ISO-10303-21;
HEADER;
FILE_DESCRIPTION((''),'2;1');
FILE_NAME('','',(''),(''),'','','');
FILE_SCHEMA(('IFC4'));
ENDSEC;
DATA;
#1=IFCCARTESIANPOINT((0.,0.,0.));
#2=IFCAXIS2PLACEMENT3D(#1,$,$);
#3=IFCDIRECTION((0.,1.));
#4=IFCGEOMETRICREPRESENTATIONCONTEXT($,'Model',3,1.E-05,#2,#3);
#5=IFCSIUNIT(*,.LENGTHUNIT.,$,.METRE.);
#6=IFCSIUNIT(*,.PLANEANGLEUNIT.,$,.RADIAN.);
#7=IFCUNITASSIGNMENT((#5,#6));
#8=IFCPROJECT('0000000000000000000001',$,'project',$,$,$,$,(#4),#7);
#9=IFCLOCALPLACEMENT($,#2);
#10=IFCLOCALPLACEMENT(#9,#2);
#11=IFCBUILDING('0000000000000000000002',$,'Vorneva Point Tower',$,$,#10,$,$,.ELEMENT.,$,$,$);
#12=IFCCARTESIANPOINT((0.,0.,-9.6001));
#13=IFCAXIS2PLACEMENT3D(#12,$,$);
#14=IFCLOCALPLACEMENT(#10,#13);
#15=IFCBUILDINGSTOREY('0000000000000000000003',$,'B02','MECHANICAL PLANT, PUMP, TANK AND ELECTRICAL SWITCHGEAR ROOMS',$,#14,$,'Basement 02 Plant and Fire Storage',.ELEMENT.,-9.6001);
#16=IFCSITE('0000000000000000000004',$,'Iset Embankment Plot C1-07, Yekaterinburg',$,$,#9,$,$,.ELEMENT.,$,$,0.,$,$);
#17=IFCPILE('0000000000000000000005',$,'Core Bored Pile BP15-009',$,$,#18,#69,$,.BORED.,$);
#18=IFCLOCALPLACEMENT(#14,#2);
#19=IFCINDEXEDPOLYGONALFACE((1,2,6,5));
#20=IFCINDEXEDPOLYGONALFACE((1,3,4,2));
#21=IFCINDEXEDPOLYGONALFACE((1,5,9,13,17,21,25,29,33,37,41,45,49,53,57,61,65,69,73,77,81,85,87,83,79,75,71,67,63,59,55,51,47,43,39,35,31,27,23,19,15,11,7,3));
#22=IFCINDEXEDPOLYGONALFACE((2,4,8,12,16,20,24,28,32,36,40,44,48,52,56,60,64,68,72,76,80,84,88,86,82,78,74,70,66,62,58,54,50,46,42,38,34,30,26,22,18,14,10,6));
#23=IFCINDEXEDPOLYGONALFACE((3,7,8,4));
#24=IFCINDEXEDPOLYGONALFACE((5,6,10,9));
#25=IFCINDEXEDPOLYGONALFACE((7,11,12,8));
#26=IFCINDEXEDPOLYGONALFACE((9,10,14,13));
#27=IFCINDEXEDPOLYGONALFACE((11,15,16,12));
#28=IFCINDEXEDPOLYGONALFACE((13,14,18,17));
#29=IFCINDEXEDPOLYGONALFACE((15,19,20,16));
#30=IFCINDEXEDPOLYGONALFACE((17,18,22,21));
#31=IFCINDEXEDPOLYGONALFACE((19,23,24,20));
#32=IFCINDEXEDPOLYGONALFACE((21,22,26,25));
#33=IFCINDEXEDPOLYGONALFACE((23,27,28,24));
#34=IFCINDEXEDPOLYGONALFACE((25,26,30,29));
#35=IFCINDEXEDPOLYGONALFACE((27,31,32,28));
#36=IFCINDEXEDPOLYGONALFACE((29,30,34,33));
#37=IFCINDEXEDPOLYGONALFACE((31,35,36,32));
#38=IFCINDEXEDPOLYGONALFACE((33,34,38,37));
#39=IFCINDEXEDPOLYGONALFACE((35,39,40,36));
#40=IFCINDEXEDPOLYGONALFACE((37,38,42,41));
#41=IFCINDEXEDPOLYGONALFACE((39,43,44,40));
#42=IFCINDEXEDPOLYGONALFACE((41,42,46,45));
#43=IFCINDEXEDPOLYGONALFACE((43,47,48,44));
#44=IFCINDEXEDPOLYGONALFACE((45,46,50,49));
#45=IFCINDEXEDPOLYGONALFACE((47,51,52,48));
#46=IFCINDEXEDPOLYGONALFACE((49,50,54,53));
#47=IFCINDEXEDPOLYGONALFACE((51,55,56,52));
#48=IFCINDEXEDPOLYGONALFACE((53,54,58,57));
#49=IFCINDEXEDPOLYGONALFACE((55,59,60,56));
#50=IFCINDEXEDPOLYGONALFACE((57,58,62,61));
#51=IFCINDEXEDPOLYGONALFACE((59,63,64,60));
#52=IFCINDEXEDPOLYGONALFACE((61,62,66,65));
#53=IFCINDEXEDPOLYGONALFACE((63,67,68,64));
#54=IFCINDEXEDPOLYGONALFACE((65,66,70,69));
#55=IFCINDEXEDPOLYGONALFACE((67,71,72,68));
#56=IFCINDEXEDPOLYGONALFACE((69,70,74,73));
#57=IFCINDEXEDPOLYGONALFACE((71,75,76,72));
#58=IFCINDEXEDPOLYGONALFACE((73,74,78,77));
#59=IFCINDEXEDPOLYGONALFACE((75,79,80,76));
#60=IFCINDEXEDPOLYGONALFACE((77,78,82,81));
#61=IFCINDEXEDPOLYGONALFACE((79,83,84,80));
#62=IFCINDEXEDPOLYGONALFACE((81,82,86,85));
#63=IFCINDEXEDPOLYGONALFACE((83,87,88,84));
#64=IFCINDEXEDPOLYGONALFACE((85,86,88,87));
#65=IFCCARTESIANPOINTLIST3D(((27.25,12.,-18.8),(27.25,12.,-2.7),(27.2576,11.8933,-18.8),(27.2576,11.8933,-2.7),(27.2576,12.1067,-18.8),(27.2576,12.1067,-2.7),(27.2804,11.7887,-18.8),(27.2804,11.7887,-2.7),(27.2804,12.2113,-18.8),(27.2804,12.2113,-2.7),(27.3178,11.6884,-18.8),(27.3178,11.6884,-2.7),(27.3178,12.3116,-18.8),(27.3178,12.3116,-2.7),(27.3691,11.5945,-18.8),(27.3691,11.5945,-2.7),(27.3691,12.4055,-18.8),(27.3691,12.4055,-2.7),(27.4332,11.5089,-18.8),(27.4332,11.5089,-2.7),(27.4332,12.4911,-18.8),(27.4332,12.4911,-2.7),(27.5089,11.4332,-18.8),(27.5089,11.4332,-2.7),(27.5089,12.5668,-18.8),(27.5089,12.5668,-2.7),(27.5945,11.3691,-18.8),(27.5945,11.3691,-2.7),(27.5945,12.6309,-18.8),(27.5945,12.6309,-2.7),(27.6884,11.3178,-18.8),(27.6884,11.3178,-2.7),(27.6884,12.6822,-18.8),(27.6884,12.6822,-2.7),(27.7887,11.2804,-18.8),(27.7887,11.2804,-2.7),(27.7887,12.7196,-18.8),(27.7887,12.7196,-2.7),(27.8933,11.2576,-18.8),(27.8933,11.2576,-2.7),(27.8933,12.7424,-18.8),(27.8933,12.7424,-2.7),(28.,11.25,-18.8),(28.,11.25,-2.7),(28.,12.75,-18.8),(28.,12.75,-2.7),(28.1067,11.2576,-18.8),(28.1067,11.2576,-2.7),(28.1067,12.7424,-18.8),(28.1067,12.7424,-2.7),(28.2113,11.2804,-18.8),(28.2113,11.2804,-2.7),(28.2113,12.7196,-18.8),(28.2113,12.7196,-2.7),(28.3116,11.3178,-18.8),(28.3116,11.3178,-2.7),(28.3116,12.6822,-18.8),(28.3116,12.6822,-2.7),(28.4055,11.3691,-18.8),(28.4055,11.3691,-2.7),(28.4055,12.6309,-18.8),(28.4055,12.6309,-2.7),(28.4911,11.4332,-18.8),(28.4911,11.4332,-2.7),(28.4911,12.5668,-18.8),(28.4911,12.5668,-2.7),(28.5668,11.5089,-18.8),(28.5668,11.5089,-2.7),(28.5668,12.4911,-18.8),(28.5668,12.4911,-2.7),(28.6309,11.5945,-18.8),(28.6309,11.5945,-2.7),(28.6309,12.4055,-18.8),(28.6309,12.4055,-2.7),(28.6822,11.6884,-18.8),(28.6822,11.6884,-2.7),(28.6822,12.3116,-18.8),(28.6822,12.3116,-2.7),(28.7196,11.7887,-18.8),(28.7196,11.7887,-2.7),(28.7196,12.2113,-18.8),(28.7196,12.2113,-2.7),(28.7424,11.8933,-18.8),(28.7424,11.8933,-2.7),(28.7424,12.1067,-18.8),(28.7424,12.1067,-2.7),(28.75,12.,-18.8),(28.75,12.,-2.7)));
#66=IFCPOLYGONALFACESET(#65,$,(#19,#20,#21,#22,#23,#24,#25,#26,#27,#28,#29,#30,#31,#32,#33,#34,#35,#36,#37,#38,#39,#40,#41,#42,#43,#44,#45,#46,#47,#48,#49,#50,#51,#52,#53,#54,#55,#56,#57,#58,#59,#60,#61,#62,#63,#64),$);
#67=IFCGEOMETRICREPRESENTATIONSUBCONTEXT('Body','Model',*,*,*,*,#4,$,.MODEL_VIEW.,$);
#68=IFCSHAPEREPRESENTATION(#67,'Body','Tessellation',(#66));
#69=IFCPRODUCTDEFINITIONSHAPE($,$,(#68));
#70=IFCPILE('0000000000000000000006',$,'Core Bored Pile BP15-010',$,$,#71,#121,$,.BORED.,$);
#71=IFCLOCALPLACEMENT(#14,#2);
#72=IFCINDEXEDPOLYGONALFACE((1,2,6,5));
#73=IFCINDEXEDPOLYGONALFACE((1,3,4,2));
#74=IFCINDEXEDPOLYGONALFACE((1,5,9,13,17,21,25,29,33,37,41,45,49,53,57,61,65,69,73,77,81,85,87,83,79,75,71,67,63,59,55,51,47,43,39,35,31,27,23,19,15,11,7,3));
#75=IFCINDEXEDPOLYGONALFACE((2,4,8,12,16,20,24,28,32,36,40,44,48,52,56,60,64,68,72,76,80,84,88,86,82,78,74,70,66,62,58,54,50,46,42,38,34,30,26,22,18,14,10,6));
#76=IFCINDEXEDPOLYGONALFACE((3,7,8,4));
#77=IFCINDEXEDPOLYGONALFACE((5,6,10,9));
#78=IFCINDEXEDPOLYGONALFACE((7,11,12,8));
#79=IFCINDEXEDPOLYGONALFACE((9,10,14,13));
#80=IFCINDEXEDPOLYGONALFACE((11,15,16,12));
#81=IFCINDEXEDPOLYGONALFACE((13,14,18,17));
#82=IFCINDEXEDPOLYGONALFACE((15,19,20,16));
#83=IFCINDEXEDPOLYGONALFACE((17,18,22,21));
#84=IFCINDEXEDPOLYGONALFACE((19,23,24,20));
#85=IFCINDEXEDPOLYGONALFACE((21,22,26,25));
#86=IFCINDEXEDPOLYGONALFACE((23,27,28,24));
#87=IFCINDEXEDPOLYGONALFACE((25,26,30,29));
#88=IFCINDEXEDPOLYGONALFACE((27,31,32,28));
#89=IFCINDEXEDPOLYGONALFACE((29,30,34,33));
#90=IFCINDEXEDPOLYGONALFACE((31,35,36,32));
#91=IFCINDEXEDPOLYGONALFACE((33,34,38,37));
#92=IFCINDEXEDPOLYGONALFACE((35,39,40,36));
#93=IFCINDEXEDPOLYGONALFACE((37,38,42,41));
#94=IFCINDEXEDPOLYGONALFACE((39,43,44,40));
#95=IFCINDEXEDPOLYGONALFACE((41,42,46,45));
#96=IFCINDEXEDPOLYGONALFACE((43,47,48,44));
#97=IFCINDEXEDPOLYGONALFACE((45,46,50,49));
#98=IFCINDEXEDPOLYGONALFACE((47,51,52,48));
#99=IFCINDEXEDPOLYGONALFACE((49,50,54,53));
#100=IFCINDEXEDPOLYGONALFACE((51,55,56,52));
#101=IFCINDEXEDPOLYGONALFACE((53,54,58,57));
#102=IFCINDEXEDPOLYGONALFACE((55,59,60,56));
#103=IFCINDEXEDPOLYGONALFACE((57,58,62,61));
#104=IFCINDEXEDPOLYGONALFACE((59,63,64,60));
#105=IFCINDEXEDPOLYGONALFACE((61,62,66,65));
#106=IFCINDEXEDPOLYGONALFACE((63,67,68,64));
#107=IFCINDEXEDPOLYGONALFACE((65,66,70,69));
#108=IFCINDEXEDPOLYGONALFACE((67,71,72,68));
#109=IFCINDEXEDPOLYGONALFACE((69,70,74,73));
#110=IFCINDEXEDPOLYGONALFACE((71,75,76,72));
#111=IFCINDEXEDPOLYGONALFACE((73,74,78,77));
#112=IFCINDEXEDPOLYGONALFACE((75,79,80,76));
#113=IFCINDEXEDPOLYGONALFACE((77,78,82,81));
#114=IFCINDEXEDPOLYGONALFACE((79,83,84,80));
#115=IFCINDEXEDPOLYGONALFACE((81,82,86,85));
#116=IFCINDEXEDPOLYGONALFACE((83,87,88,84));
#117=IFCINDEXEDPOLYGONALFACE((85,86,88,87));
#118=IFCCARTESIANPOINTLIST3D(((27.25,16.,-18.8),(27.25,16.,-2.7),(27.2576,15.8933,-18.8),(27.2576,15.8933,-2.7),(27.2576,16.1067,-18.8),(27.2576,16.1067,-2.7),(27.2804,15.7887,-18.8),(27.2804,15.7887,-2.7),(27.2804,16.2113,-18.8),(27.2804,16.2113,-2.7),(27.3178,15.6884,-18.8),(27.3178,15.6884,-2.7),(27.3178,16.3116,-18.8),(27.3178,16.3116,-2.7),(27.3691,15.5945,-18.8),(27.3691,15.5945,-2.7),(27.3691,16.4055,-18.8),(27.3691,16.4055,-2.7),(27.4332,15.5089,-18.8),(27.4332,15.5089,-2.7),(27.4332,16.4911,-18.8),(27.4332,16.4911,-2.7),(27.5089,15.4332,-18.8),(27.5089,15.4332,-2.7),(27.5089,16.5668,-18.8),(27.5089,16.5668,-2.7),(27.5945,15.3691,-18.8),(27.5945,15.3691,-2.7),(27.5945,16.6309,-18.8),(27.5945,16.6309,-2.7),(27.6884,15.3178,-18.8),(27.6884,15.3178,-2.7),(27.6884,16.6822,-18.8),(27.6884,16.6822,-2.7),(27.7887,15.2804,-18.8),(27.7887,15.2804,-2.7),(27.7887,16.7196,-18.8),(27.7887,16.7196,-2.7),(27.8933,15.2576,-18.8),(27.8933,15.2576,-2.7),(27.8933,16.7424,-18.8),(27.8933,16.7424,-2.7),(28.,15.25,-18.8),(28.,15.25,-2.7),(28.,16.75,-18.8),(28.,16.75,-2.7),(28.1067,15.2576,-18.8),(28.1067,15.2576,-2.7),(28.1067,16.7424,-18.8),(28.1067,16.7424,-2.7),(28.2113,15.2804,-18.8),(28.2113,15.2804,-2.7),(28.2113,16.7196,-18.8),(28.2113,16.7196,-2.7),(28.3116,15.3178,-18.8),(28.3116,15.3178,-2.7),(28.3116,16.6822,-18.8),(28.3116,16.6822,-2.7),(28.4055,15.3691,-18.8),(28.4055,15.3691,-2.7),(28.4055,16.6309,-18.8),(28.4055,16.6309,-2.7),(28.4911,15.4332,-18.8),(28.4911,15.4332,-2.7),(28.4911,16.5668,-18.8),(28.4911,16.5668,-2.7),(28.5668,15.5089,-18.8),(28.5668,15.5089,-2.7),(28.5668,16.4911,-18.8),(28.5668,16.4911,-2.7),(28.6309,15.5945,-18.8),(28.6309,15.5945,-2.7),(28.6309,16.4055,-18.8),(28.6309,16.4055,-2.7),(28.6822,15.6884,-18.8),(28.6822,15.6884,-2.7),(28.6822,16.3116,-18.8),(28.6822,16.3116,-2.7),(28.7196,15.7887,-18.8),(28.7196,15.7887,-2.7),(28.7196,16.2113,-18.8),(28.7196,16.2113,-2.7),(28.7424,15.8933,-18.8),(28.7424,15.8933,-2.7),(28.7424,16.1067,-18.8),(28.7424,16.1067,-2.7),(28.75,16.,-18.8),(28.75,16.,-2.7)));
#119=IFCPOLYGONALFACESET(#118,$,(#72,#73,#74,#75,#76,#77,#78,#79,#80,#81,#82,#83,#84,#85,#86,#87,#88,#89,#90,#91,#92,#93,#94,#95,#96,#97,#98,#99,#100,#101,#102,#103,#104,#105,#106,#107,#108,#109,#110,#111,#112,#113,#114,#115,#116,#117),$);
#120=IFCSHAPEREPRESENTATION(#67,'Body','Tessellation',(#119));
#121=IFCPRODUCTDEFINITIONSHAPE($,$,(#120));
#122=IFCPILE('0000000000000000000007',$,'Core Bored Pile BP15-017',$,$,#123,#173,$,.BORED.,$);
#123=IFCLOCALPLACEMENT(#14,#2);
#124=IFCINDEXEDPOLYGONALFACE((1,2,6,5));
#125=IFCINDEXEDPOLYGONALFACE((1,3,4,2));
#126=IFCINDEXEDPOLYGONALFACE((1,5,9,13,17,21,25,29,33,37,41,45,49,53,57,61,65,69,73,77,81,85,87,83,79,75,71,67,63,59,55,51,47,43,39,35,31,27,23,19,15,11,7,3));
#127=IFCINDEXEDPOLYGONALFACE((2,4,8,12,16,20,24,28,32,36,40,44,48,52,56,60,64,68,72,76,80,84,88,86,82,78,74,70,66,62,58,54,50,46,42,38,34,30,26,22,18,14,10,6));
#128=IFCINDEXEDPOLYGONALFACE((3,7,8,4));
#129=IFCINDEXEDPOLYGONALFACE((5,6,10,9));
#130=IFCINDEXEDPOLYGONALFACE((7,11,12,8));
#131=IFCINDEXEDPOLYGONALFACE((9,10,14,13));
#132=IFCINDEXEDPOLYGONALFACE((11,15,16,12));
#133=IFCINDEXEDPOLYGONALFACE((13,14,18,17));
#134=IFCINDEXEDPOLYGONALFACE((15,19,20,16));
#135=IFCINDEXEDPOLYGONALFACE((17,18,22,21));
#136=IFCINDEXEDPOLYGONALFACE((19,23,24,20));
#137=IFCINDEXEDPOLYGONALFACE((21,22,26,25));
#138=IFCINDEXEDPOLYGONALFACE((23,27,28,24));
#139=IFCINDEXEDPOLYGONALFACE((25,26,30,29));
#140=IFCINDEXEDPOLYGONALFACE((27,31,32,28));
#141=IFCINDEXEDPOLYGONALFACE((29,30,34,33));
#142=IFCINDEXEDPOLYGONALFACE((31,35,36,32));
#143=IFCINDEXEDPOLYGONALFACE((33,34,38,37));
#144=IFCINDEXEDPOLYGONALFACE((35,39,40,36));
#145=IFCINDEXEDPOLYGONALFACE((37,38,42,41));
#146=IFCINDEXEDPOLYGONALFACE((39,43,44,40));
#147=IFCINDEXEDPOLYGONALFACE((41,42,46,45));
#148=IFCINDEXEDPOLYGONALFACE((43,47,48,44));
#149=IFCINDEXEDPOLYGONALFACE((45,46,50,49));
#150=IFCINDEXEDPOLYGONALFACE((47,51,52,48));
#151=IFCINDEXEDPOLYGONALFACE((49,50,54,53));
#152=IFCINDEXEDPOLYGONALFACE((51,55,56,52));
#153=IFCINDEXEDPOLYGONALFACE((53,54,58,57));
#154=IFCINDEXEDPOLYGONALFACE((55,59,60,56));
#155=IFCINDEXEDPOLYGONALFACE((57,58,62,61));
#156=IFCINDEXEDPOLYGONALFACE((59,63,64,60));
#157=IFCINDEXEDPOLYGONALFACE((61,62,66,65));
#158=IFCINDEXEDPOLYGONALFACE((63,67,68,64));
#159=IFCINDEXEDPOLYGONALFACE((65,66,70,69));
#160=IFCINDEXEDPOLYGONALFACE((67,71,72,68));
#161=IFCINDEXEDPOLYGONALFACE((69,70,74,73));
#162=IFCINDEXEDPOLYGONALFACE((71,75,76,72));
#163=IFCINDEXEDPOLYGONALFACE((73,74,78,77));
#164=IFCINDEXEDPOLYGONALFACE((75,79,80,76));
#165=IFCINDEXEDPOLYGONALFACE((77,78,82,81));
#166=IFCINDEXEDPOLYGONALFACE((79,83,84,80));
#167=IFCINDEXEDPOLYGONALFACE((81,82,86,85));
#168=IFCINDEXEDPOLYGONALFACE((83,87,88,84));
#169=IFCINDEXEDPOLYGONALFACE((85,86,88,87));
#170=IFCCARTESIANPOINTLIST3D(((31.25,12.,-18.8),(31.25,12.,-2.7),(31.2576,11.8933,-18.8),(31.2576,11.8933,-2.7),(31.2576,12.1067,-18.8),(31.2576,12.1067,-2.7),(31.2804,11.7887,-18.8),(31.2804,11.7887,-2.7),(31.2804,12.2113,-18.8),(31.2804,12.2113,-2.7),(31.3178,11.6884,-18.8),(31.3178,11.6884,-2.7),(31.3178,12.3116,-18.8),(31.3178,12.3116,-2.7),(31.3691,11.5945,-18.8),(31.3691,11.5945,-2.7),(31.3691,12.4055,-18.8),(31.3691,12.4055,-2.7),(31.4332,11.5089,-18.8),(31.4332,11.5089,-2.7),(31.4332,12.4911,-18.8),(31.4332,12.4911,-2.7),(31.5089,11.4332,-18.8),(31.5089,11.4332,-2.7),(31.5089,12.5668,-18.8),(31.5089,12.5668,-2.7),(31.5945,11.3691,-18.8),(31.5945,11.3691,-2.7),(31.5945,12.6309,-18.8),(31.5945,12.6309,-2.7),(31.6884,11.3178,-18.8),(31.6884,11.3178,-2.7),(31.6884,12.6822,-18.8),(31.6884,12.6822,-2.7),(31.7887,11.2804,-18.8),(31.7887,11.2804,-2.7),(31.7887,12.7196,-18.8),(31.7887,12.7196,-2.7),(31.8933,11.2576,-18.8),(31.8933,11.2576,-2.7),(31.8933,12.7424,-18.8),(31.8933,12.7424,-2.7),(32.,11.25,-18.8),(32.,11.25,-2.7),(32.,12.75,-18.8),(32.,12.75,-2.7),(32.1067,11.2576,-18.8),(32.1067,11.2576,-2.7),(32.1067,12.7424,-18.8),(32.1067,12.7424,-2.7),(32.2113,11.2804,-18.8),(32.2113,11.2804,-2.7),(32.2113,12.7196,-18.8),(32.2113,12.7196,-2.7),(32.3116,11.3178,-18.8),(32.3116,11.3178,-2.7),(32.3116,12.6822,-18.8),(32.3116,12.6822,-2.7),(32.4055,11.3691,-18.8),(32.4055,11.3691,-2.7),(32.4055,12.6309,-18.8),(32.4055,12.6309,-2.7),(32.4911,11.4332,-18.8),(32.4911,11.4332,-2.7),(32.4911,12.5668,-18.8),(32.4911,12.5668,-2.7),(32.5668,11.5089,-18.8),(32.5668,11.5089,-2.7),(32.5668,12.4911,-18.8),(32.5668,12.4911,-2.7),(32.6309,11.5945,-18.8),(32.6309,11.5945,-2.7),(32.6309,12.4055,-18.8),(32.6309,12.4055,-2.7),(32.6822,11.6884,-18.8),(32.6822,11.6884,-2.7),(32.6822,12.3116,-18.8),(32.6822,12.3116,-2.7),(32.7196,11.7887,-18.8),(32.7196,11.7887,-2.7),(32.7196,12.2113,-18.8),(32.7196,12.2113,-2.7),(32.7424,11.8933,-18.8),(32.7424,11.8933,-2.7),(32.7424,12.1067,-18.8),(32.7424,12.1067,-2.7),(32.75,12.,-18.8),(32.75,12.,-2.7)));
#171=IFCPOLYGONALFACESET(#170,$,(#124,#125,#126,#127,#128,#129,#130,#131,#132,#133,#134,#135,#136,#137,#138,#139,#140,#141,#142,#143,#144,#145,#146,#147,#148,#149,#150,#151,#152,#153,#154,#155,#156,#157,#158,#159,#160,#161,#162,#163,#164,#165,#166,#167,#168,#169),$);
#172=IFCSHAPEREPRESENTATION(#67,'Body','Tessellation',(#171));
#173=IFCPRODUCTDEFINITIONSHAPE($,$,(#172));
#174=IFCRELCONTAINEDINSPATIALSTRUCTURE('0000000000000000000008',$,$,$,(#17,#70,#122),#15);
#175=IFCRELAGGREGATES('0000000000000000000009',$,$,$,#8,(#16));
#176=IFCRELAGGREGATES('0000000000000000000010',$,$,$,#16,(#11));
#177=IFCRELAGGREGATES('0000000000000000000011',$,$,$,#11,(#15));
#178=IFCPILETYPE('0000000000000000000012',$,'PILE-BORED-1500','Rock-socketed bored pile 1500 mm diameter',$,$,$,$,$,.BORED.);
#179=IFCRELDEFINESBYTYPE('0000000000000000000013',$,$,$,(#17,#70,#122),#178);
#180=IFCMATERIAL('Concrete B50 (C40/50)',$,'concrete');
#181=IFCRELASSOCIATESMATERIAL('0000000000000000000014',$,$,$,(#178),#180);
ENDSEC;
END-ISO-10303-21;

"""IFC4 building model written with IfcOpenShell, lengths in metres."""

from ifc_helpers import new_model, si_unit, direction, frame, origin, origin_2d, place, context, subcontext, project, spatial, circle, extrude, material, material_profile, profile_set, type_object, element, save


model = new_model("IFC4")

# Units and contexts
model_context = context("Model", 3, precision=1e-05, world=origin(), true_north=direction((0.0, 1.0)))
body_context = subcontext(model_context, "Body", "Model", "MODEL_VIEW")
ifc_project = project(units=[si_unit("LENGTHUNIT", "METRE"), si_unit("PLANEANGLEUNIT", "RADIAN")], contexts=[model_context])

# Site, building, storey
site_placement = place(None, origin())
site = spatial("IfcSite", under=ifc_project, at=site_placement, Name="Iset Embankment Plot C1-07, Yekaterinburg", CompositionType="ELEMENT", RefElevation=0.0)
building_placement = place(site_placement, origin())
building = spatial("IfcBuilding", under=site, at=building_placement, Name="Vorneva Point Tower", CompositionType="ELEMENT")
storey_placement = place(building_placement, frame((0.0, 0.0, -9.6001)))
storey = spatial("IfcBuildingStorey", under=building, at=storey_placement, Name="B02", Description="MECHANICAL PLANT, PUMP, TANK AND ELECTRICAL SWITCHGEAR ROOMS", LongName="Basement 02 Plant and Fire Storage", CompositionType="ELEMENT", Elevation=-9.6001)

# Piles
ifc_material_1 = material(Name="Concrete B50 (C40/50)", Category="concrete")
ifc_material_profile_1 = material_profile(ifc_material_1, circle(Radius=0.75, at=origin_2d()), Name="PILE-1500")
ifc_profile_set_1 = profile_set([ifc_material_profile_1], Name="Concrete B50 (C40/50)")
pile_type_1 = type_object("IfcPileType", Name="PILE-BORED-1500", Description="Rock-socketed bored pile 1500 mm diameter", PredefinedType="BORED", material=ifc_profile_set_1)
for number, where, z_axis, x_axis, name in (
    (1, (28.0, 12.0, -2.7), (0.0, 0.0, -1.0), (1.0, 0.0, 0.0), "Core Bored Pile BP15-009"),
    (2, (28.0, 16.0, -2.7), (0.0, 0.0, -1.0), (1.0, 0.0, 0.0), "Core Bored Pile BP15-010"),
    (3, (32.0, 12.0, -2.7), (0.0, 0.0, -1.0), (1.0, 0.0, 0.0), "Core Bored Pile BP15-017"),
):
    element("IfcPile", number, at=place(storey_placement, frame(where, z_axis=z_axis, x_axis=x_axis)), inside=storey, type_object=pile_type_1, Name=name, PredefinedType="BORED", context=body_context, shape_type="SweptSolid", body=[
        extrude(circle(Radius=0.75, at=origin_2d()), origin(), (0.0, 0.0, 1.0), 16.1001),
    ])

save(model, "model.ifc")
